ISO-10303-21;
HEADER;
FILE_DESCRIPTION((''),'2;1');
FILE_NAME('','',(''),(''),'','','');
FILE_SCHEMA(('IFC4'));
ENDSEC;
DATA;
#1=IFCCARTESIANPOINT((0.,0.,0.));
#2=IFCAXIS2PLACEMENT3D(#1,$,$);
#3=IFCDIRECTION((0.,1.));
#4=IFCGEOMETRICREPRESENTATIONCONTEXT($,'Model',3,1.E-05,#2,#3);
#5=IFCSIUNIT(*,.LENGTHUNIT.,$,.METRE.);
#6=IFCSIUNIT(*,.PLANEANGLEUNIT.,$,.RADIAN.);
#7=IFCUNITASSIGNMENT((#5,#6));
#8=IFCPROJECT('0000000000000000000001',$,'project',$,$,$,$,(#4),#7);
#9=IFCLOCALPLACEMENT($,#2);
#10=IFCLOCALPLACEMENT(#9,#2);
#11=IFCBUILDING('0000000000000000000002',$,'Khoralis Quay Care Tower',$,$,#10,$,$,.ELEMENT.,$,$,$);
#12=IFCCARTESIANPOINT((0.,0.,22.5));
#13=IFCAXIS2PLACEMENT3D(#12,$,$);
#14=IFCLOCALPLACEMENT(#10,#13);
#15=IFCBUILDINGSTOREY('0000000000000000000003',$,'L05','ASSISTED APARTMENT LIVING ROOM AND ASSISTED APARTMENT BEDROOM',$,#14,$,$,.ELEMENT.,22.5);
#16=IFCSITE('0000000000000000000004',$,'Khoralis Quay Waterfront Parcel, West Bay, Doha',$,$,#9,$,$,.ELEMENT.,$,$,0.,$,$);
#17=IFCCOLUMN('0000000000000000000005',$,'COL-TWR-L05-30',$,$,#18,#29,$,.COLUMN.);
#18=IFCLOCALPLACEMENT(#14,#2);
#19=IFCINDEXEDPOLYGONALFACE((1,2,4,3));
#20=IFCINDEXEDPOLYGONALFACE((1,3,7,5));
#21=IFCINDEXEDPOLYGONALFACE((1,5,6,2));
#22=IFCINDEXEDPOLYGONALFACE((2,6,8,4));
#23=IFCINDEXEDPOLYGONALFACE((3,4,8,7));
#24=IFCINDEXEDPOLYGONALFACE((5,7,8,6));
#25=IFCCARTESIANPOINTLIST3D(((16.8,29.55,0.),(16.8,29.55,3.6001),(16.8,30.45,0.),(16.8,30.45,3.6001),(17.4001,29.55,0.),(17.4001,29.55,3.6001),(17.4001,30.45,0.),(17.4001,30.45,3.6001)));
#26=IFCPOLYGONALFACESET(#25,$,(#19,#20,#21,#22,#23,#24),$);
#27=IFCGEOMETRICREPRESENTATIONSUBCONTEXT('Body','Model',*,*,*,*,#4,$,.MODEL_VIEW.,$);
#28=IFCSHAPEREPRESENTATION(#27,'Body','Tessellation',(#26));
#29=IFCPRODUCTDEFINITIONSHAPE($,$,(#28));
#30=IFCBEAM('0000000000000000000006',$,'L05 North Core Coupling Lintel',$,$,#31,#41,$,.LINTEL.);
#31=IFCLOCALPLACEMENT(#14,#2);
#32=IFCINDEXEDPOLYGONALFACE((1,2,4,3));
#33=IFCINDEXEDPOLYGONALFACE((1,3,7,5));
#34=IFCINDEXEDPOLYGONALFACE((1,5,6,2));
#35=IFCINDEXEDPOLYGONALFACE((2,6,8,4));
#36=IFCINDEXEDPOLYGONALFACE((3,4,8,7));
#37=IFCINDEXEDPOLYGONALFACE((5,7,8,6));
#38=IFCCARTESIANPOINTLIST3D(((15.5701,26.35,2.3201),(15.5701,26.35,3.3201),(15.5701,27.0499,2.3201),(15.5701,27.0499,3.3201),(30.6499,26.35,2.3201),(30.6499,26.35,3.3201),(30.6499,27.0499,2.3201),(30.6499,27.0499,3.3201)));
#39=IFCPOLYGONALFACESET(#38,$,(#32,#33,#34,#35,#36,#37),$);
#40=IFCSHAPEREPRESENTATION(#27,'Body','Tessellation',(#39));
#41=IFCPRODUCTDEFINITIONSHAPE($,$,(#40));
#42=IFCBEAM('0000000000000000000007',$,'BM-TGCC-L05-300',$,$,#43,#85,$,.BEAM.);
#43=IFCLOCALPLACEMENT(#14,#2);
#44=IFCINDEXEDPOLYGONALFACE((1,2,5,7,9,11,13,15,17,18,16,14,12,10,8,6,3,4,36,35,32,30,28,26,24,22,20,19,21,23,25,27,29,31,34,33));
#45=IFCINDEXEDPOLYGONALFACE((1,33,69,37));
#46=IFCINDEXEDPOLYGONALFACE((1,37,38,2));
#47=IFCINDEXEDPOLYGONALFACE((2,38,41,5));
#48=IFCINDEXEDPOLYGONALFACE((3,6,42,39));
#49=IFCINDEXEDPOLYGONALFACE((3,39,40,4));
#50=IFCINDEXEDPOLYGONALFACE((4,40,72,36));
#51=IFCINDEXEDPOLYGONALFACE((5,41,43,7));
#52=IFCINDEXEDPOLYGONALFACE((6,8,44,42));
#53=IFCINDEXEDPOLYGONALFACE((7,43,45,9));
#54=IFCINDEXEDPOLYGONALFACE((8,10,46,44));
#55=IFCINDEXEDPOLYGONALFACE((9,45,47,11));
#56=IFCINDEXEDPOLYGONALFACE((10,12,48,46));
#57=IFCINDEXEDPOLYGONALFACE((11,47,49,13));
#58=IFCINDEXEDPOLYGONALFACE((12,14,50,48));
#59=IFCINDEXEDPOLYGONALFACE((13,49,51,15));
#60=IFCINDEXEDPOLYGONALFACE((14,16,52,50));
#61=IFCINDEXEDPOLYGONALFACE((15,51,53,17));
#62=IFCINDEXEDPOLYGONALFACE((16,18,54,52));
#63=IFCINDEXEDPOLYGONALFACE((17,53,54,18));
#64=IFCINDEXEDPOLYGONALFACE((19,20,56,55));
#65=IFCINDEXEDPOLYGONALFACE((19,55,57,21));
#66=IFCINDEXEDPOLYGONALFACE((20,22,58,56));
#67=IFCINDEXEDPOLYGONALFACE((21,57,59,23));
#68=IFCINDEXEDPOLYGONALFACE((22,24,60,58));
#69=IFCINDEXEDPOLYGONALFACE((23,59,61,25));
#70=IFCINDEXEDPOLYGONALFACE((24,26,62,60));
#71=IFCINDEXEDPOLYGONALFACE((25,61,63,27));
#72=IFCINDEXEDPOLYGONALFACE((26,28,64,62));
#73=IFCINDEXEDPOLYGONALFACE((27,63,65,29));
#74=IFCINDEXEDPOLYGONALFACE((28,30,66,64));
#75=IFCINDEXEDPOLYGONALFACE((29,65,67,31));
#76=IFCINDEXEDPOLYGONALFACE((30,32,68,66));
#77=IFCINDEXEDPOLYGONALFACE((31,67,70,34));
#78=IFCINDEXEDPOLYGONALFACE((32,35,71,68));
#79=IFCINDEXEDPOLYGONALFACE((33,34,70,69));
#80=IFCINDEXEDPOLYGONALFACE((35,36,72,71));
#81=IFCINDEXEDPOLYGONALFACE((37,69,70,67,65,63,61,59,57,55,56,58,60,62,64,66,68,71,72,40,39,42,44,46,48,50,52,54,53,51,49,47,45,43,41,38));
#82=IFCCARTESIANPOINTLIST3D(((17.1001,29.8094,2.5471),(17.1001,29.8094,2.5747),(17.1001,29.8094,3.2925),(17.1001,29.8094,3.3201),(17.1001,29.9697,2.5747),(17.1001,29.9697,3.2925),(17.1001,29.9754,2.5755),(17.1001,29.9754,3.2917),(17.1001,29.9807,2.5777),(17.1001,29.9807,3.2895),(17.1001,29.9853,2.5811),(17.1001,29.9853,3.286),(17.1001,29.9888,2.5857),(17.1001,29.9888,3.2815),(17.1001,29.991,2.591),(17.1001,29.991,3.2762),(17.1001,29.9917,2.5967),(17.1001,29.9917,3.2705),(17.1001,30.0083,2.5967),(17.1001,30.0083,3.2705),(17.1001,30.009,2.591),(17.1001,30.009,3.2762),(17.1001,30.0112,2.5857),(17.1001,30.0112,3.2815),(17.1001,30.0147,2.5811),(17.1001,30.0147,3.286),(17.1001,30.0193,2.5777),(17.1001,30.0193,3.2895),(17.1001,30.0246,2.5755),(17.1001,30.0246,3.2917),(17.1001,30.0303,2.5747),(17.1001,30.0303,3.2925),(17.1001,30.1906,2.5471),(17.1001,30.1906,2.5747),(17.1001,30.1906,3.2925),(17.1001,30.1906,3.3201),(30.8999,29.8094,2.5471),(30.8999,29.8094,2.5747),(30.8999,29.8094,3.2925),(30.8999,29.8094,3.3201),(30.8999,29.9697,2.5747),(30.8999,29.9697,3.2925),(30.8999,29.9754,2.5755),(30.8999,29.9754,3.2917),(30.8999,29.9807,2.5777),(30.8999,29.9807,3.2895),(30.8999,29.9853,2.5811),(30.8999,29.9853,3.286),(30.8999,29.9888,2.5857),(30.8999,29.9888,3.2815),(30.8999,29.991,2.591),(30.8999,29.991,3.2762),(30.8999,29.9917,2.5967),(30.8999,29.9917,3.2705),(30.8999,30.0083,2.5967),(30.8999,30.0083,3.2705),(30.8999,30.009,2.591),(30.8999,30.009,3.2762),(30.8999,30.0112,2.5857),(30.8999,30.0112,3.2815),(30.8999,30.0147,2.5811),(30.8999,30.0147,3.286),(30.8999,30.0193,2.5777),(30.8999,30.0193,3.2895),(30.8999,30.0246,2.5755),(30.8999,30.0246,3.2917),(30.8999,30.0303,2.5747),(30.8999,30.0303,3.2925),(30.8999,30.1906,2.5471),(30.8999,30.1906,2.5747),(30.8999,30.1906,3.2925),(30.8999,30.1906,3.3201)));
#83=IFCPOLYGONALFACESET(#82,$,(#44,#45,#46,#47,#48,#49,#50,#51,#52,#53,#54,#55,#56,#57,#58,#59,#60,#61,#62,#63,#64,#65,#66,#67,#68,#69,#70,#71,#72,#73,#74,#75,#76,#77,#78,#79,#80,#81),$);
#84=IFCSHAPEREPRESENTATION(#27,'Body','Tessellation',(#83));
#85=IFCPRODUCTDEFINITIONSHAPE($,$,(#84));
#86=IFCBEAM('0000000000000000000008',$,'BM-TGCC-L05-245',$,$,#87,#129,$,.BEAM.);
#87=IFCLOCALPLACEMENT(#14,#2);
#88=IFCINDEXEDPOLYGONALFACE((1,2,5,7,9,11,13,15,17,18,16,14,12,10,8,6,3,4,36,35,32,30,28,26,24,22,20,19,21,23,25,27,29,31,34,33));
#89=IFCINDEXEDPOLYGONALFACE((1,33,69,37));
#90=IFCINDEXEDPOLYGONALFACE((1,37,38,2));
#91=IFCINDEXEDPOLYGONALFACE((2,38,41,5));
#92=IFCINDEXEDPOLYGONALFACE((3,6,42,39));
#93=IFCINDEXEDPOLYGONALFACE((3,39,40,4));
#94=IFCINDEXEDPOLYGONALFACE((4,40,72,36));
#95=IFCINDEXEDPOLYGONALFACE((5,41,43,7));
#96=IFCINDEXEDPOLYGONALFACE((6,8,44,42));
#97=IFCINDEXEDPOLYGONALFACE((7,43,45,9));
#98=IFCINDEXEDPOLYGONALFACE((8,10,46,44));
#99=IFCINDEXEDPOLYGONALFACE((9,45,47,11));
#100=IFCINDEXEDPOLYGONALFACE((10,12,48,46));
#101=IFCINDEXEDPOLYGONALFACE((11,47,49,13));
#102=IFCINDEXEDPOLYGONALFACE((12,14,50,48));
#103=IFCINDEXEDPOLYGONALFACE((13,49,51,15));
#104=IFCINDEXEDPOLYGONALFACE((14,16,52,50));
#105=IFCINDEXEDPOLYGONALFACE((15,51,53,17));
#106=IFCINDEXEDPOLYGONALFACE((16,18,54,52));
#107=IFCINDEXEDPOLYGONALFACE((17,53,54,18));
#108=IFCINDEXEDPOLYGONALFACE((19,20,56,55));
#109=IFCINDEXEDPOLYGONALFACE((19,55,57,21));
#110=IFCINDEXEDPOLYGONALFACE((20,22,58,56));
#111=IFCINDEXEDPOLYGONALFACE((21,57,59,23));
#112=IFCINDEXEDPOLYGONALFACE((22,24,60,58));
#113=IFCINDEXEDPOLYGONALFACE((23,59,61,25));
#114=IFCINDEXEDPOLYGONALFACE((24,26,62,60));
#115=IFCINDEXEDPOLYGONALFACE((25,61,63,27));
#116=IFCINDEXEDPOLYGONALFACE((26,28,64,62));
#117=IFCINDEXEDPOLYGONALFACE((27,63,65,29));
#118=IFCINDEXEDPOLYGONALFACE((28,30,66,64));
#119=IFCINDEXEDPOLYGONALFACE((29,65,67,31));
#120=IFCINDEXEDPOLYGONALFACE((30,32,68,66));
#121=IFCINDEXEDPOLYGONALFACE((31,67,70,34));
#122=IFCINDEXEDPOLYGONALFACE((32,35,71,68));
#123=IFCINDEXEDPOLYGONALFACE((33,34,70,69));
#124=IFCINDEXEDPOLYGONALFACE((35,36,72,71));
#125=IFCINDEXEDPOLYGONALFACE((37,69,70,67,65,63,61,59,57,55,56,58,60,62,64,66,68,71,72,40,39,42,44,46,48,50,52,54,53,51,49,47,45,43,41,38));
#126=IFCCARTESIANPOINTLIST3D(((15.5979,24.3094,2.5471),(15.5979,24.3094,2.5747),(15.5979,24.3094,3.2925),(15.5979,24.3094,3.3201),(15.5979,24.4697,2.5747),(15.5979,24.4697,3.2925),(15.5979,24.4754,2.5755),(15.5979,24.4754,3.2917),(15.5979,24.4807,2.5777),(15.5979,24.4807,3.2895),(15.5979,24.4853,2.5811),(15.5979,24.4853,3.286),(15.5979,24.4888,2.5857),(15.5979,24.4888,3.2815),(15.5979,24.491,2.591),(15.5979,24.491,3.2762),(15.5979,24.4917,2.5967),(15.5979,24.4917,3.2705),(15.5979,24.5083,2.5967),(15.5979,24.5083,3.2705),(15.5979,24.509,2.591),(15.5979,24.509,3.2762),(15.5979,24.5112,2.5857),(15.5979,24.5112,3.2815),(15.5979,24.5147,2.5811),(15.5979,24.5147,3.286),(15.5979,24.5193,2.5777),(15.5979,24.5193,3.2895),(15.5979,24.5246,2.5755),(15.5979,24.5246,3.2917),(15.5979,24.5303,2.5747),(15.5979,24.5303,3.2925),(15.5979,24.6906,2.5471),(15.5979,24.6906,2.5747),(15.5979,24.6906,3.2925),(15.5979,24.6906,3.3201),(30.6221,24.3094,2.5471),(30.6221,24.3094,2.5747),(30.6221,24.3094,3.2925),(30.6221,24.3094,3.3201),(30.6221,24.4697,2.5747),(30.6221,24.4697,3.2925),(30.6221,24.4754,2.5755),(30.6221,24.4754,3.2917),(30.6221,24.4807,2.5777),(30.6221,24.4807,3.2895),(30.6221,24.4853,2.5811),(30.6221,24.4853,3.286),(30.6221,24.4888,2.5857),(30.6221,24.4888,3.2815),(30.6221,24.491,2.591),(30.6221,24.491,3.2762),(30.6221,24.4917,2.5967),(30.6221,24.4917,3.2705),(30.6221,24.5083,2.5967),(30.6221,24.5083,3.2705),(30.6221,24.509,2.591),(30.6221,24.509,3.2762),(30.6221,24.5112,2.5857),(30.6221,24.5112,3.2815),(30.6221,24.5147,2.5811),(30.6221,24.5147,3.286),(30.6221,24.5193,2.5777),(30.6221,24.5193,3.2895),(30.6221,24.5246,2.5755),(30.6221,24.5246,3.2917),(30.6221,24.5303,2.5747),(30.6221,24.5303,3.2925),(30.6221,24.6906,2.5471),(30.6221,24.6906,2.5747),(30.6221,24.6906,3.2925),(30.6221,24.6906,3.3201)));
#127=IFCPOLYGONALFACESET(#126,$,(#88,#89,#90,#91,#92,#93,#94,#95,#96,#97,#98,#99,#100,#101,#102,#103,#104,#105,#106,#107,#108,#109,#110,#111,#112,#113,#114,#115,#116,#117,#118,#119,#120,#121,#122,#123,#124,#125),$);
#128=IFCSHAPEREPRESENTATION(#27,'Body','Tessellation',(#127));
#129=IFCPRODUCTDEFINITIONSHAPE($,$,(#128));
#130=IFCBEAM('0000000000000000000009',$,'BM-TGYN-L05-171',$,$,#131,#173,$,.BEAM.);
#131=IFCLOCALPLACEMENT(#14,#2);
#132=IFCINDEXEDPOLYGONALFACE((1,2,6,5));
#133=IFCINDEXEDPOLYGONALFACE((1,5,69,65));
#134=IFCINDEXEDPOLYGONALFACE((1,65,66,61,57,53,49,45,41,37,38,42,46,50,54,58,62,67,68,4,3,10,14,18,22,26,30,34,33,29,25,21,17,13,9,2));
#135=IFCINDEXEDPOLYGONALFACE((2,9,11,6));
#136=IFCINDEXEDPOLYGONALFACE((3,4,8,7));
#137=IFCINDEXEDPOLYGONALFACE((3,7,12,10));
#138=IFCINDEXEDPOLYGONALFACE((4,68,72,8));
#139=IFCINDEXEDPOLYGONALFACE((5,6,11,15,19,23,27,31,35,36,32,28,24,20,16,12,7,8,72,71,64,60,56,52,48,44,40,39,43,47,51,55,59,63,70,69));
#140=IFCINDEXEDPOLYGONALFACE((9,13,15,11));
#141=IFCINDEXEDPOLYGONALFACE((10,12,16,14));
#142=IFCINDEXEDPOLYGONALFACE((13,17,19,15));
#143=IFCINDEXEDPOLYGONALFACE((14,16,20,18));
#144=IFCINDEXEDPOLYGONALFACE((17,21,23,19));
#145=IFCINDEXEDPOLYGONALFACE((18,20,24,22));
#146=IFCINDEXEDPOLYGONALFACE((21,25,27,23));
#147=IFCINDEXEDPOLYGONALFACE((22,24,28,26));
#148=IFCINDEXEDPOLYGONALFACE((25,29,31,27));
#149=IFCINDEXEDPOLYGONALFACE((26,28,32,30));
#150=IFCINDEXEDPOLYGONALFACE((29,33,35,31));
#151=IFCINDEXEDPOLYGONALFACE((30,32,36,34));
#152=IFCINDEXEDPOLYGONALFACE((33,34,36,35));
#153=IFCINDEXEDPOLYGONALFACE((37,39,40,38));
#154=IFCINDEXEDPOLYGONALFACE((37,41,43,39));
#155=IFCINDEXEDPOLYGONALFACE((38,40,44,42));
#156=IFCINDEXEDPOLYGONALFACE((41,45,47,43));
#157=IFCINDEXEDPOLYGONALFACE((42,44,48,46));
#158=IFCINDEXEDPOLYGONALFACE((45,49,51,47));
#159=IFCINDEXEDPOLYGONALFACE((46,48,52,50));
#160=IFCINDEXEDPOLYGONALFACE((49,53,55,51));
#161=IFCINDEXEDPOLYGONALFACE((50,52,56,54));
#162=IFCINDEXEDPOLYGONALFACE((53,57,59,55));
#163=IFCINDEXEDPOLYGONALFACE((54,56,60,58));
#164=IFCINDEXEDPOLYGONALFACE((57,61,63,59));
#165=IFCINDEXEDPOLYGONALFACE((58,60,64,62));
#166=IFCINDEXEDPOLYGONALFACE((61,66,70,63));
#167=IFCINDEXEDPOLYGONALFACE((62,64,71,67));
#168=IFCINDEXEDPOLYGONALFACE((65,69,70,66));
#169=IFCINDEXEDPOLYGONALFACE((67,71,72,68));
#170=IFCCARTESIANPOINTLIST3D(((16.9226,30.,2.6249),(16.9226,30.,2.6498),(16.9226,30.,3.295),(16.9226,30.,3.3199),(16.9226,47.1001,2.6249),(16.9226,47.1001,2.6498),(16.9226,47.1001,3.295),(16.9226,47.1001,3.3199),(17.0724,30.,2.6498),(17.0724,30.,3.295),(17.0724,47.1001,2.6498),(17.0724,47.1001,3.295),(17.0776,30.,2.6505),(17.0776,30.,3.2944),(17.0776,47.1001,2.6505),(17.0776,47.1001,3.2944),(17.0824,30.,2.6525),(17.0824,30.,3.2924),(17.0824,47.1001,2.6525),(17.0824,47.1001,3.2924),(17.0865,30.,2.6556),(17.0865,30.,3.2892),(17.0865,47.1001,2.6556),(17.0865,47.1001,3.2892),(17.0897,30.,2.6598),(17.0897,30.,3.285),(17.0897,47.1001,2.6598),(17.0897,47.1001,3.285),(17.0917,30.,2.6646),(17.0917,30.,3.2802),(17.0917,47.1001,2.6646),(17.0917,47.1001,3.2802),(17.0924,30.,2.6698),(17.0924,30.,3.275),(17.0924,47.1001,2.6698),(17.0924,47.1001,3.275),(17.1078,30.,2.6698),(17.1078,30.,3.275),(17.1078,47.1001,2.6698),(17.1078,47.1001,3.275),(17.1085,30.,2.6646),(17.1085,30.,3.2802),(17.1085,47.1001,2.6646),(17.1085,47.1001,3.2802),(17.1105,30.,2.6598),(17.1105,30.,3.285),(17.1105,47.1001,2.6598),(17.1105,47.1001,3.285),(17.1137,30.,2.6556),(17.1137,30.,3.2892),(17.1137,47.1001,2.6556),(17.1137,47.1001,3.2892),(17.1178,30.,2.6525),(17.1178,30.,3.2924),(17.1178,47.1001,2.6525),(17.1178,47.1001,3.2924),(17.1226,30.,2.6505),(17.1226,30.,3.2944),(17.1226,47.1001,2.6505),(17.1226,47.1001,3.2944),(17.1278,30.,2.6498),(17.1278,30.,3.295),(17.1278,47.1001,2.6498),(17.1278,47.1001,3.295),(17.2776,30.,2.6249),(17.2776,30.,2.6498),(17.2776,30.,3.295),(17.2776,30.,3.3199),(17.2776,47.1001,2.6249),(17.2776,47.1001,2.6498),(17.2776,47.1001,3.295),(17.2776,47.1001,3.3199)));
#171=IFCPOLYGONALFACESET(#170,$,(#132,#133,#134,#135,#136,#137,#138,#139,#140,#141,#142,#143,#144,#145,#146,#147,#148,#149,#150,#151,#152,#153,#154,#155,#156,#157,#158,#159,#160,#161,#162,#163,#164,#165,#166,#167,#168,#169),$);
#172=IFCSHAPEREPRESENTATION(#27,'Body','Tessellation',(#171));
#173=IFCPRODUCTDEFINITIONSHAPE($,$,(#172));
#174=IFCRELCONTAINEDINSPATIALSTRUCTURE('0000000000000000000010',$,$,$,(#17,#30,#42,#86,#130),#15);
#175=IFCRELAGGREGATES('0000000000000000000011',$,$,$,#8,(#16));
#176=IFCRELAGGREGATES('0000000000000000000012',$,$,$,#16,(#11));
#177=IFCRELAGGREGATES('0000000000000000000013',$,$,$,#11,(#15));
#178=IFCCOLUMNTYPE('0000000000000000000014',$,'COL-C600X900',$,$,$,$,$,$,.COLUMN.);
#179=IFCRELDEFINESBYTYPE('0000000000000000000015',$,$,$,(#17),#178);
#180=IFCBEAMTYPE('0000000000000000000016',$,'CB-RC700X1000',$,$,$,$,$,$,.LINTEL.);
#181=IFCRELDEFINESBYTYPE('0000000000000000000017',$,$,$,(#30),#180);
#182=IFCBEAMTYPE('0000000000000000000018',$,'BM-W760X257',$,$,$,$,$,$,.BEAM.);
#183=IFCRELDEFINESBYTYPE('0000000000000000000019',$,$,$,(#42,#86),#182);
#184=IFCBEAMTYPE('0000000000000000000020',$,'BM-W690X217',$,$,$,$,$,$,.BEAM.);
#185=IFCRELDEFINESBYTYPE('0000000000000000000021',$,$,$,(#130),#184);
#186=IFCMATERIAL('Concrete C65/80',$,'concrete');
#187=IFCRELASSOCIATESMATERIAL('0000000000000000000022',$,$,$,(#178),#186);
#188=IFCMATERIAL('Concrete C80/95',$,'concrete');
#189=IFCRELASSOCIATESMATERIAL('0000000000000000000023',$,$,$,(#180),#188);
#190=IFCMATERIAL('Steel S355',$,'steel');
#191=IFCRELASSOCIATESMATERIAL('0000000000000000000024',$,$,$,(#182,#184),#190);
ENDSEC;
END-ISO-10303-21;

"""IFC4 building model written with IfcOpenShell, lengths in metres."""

from ifc_helpers import new_model, si_unit, direction, frame, origin, origin_2d, place, context, subcontext, project, spatial, rectangle, i_section, extrude, source, transform, mapped, material, material_profile, profile_set, type_object, element, save


model = new_model("IFC4")

# Units and contexts
model_context = context("Model", 3, precision=1e-05, world=origin(), true_north=direction((0.0, 1.0)))
body_context = subcontext(model_context, "Body", "Model", "MODEL_VIEW")
ifc_project = project(units=[si_unit("LENGTHUNIT", "METRE"), si_unit("PLANEANGLEUNIT", "RADIAN")], contexts=[model_context])

# Site, building, storey
site_placement = place(None, origin())
site = spatial("IfcSite", under=ifc_project, at=site_placement, Name="Khoralis Quay Waterfront Parcel, West Bay, Doha", CompositionType="ELEMENT", RefElevation=0.0)
building_placement = place(site_placement, origin())
building = spatial("IfcBuilding", under=site, at=building_placement, Name="Khoralis Quay Care Tower", CompositionType="ELEMENT")
storey_placement = place(building_placement, frame((0.0, 0.0, 22.5)))
storey = spatial("IfcBuildingStorey", under=building, at=storey_placement, Name="L05", Description="ASSISTED APARTMENT LIVING ROOM AND ASSISTED APARTMENT BEDROOM", CompositionType="ELEMENT", Elevation=22.5)

# Column
ifc_material_1 = material(Name="Concrete C65/80", Category="concrete")
ifc_material_profile_1 = material_profile(ifc_material_1, rectangle(XDim=0.6001, YDim=0.8999, at=origin_2d()), Name="Concrete C65/80")
ifc_profile_set_1 = profile_set([ifc_material_profile_1], Name="Concrete C65/80")
column_type = type_object("IfcColumnType", Name="COL-C600X900", PredefinedType="COLUMN", material=ifc_profile_set_1)
shared_shape_1 = source(origin(), body_context, "Body", "SweptSolid", [
    extrude(rectangle(XDim=0.6001, YDim=0.8999, at=origin_2d()), origin(), (0.0, 0.0, 1.0), 3.6001),
])
column_placement = place(storey_placement, frame((17.1001, 30.0, 0.0), z_axis=(0.0, 0.0, 1.0), x_axis=(1.0, 0.0, 0.0)))
element("IfcColumn", 1, at=column_placement, inside=storey, type_object=column_type, Name="COL-TWR-L05-30", PredefinedType="COLUMN", context=body_context, shape_type="MappedRepresentation", body=[
    mapped(shared_shape_1, transform((0.0, 0.0, 0.0), scale=1.0)),
])

# Beams
ifc_material_2 = material(Name="Concrete C80/95", Category="concrete")
ifc_material_profile_2 = material_profile(ifc_material_2, rectangle(XDim=0.7, YDim=1.0, at=origin_2d()), Name="Concrete C80/95")
ifc_profile_set_2 = profile_set([ifc_material_profile_2], Name="Concrete C80/95")
beam_type_1 = type_object("IfcBeamType", Name="CB-RC700X1000", PredefinedType="LINTEL", material=ifc_profile_set_2)
shared_shape_2 = source(origin(), body_context, "Body", "SweptSolid", [
    extrude(rectangle(XDim=0.7, YDim=1.0, at=origin_2d()), origin(), (0.0, 0.0, 1.0), 15.0798),
])
beam_1_placement = place(storey_placement, frame((15.5701, 26.7, 2.8201), z_axis=(1.0, 0.0, 0.0), x_axis=(0.0, 1.0, 0.0)))
element("IfcBeam", 2, at=beam_1_placement, inside=storey, type_object=beam_type_1, Name="L05 North Core Coupling Lintel", PredefinedType="LINTEL", context=body_context, shape_type="MappedRepresentation", body=[
    mapped(shared_shape_2, transform((0.0, 0.0, 0.0), scale=1.0)),
])
ifc_material_3 = material(Name="Steel S355", Category="steel")
ifc_material_profile_3 = material_profile(ifc_material_3, i_section(OverallWidth=0.3811, OverallDepth=0.7729, WebThickness=0.0166, FlangeThickness=0.0276, FilletRadius=0.022, at=origin_2d()), Name="Steel S355")
ifc_profile_set_3 = profile_set([ifc_material_profile_3], Name="Steel S355")
beam_type_2 = type_object("IfcBeamType", Name="BM-W760X257", PredefinedType="BEAM", material=ifc_profile_set_3)
shared_shape_3 = source(origin(), body_context, "Body", "SweptSolid", [
    extrude(i_section(OverallWidth=0.3811, OverallDepth=0.7729, WebThickness=0.0166, FlangeThickness=0.0276, FilletRadius=0.022, at=origin_2d()), origin(), (0.0, 0.0, 1.0), 13.7998),
])
beam_2_placement = place(storey_placement, frame((17.1001, 30.0, 2.9336), z_axis=(1.0, 0.0, 0.0), x_axis=(0.0, 1.0, 0.0)))
element("IfcBeam", 3, at=beam_2_placement, inside=storey, type_object=beam_type_2, Name="BM-TGCC-L05-300", PredefinedType="BEAM", context=body_context, shape_type="MappedRepresentation", body=[
    mapped(shared_shape_3, transform((0.0, 0.0, 0.0), scale=1.0)),
])
shared_shape_4 = source(origin(), body_context, "Body", "SweptSolid", [
    extrude(i_section(OverallWidth=0.3811, OverallDepth=0.7729, WebThickness=0.0166, FlangeThickness=0.0276, FilletRadius=0.022, at=origin_2d()), origin(), (0.0, 0.0, 1.0), 15.0242),
])
beam_3_placement = place(storey_placement, frame((15.5979, 24.5, 2.9336), z_axis=(1.0, 0.0, 0.0), x_axis=(0.0, 1.0, 0.0)))
element("IfcBeam", 4, at=beam_3_placement, inside=storey, type_object=beam_type_2, Name="BM-TGCC-L05-245", PredefinedType="BEAM", context=body_context, shape_type="MappedRepresentation", body=[
    mapped(shared_shape_4, transform((0.0, 0.0, 0.0), scale=1.0)),
])
ifc_material_profile_4 = material_profile(ifc_material_3, i_section(OverallWidth=0.355, OverallDepth=0.6951, WebThickness=0.0154, FlangeThickness=0.0249, FilletRadius=0.02, at=origin_2d()), Name="Steel S355")
ifc_profile_set_4 = profile_set([ifc_material_profile_4], Name="Steel S355")
beam_type_3 = type_object("IfcBeamType", Name="BM-W690X217", PredefinedType="BEAM", material=ifc_profile_set_4)
shared_shape_5 = source(origin(), body_context, "Body", "SweptSolid", [
    extrude(i_section(OverallWidth=0.355, OverallDepth=0.6951, WebThickness=0.0154, FlangeThickness=0.0249, FilletRadius=0.02, at=origin_2d()), origin(), (0.0, 0.0, 1.0), 17.1001),
])
beam_4_placement = place(storey_placement, frame((17.1001, 30.0, 2.9724), z_axis=(0.0, 1.0, 0.0), x_axis=(-1.0, 0.0, 0.0)))
element("IfcBeam", 5, at=beam_4_placement, inside=storey, type_object=beam_type_3, Name="BM-TGYN-L05-171", PredefinedType="BEAM", context=body_context, shape_type="MappedRepresentation", body=[
    mapped(shared_shape_5, transform((0.0, 0.0, 0.0), scale=1.0)),
])

save(model, "model.ifc")
